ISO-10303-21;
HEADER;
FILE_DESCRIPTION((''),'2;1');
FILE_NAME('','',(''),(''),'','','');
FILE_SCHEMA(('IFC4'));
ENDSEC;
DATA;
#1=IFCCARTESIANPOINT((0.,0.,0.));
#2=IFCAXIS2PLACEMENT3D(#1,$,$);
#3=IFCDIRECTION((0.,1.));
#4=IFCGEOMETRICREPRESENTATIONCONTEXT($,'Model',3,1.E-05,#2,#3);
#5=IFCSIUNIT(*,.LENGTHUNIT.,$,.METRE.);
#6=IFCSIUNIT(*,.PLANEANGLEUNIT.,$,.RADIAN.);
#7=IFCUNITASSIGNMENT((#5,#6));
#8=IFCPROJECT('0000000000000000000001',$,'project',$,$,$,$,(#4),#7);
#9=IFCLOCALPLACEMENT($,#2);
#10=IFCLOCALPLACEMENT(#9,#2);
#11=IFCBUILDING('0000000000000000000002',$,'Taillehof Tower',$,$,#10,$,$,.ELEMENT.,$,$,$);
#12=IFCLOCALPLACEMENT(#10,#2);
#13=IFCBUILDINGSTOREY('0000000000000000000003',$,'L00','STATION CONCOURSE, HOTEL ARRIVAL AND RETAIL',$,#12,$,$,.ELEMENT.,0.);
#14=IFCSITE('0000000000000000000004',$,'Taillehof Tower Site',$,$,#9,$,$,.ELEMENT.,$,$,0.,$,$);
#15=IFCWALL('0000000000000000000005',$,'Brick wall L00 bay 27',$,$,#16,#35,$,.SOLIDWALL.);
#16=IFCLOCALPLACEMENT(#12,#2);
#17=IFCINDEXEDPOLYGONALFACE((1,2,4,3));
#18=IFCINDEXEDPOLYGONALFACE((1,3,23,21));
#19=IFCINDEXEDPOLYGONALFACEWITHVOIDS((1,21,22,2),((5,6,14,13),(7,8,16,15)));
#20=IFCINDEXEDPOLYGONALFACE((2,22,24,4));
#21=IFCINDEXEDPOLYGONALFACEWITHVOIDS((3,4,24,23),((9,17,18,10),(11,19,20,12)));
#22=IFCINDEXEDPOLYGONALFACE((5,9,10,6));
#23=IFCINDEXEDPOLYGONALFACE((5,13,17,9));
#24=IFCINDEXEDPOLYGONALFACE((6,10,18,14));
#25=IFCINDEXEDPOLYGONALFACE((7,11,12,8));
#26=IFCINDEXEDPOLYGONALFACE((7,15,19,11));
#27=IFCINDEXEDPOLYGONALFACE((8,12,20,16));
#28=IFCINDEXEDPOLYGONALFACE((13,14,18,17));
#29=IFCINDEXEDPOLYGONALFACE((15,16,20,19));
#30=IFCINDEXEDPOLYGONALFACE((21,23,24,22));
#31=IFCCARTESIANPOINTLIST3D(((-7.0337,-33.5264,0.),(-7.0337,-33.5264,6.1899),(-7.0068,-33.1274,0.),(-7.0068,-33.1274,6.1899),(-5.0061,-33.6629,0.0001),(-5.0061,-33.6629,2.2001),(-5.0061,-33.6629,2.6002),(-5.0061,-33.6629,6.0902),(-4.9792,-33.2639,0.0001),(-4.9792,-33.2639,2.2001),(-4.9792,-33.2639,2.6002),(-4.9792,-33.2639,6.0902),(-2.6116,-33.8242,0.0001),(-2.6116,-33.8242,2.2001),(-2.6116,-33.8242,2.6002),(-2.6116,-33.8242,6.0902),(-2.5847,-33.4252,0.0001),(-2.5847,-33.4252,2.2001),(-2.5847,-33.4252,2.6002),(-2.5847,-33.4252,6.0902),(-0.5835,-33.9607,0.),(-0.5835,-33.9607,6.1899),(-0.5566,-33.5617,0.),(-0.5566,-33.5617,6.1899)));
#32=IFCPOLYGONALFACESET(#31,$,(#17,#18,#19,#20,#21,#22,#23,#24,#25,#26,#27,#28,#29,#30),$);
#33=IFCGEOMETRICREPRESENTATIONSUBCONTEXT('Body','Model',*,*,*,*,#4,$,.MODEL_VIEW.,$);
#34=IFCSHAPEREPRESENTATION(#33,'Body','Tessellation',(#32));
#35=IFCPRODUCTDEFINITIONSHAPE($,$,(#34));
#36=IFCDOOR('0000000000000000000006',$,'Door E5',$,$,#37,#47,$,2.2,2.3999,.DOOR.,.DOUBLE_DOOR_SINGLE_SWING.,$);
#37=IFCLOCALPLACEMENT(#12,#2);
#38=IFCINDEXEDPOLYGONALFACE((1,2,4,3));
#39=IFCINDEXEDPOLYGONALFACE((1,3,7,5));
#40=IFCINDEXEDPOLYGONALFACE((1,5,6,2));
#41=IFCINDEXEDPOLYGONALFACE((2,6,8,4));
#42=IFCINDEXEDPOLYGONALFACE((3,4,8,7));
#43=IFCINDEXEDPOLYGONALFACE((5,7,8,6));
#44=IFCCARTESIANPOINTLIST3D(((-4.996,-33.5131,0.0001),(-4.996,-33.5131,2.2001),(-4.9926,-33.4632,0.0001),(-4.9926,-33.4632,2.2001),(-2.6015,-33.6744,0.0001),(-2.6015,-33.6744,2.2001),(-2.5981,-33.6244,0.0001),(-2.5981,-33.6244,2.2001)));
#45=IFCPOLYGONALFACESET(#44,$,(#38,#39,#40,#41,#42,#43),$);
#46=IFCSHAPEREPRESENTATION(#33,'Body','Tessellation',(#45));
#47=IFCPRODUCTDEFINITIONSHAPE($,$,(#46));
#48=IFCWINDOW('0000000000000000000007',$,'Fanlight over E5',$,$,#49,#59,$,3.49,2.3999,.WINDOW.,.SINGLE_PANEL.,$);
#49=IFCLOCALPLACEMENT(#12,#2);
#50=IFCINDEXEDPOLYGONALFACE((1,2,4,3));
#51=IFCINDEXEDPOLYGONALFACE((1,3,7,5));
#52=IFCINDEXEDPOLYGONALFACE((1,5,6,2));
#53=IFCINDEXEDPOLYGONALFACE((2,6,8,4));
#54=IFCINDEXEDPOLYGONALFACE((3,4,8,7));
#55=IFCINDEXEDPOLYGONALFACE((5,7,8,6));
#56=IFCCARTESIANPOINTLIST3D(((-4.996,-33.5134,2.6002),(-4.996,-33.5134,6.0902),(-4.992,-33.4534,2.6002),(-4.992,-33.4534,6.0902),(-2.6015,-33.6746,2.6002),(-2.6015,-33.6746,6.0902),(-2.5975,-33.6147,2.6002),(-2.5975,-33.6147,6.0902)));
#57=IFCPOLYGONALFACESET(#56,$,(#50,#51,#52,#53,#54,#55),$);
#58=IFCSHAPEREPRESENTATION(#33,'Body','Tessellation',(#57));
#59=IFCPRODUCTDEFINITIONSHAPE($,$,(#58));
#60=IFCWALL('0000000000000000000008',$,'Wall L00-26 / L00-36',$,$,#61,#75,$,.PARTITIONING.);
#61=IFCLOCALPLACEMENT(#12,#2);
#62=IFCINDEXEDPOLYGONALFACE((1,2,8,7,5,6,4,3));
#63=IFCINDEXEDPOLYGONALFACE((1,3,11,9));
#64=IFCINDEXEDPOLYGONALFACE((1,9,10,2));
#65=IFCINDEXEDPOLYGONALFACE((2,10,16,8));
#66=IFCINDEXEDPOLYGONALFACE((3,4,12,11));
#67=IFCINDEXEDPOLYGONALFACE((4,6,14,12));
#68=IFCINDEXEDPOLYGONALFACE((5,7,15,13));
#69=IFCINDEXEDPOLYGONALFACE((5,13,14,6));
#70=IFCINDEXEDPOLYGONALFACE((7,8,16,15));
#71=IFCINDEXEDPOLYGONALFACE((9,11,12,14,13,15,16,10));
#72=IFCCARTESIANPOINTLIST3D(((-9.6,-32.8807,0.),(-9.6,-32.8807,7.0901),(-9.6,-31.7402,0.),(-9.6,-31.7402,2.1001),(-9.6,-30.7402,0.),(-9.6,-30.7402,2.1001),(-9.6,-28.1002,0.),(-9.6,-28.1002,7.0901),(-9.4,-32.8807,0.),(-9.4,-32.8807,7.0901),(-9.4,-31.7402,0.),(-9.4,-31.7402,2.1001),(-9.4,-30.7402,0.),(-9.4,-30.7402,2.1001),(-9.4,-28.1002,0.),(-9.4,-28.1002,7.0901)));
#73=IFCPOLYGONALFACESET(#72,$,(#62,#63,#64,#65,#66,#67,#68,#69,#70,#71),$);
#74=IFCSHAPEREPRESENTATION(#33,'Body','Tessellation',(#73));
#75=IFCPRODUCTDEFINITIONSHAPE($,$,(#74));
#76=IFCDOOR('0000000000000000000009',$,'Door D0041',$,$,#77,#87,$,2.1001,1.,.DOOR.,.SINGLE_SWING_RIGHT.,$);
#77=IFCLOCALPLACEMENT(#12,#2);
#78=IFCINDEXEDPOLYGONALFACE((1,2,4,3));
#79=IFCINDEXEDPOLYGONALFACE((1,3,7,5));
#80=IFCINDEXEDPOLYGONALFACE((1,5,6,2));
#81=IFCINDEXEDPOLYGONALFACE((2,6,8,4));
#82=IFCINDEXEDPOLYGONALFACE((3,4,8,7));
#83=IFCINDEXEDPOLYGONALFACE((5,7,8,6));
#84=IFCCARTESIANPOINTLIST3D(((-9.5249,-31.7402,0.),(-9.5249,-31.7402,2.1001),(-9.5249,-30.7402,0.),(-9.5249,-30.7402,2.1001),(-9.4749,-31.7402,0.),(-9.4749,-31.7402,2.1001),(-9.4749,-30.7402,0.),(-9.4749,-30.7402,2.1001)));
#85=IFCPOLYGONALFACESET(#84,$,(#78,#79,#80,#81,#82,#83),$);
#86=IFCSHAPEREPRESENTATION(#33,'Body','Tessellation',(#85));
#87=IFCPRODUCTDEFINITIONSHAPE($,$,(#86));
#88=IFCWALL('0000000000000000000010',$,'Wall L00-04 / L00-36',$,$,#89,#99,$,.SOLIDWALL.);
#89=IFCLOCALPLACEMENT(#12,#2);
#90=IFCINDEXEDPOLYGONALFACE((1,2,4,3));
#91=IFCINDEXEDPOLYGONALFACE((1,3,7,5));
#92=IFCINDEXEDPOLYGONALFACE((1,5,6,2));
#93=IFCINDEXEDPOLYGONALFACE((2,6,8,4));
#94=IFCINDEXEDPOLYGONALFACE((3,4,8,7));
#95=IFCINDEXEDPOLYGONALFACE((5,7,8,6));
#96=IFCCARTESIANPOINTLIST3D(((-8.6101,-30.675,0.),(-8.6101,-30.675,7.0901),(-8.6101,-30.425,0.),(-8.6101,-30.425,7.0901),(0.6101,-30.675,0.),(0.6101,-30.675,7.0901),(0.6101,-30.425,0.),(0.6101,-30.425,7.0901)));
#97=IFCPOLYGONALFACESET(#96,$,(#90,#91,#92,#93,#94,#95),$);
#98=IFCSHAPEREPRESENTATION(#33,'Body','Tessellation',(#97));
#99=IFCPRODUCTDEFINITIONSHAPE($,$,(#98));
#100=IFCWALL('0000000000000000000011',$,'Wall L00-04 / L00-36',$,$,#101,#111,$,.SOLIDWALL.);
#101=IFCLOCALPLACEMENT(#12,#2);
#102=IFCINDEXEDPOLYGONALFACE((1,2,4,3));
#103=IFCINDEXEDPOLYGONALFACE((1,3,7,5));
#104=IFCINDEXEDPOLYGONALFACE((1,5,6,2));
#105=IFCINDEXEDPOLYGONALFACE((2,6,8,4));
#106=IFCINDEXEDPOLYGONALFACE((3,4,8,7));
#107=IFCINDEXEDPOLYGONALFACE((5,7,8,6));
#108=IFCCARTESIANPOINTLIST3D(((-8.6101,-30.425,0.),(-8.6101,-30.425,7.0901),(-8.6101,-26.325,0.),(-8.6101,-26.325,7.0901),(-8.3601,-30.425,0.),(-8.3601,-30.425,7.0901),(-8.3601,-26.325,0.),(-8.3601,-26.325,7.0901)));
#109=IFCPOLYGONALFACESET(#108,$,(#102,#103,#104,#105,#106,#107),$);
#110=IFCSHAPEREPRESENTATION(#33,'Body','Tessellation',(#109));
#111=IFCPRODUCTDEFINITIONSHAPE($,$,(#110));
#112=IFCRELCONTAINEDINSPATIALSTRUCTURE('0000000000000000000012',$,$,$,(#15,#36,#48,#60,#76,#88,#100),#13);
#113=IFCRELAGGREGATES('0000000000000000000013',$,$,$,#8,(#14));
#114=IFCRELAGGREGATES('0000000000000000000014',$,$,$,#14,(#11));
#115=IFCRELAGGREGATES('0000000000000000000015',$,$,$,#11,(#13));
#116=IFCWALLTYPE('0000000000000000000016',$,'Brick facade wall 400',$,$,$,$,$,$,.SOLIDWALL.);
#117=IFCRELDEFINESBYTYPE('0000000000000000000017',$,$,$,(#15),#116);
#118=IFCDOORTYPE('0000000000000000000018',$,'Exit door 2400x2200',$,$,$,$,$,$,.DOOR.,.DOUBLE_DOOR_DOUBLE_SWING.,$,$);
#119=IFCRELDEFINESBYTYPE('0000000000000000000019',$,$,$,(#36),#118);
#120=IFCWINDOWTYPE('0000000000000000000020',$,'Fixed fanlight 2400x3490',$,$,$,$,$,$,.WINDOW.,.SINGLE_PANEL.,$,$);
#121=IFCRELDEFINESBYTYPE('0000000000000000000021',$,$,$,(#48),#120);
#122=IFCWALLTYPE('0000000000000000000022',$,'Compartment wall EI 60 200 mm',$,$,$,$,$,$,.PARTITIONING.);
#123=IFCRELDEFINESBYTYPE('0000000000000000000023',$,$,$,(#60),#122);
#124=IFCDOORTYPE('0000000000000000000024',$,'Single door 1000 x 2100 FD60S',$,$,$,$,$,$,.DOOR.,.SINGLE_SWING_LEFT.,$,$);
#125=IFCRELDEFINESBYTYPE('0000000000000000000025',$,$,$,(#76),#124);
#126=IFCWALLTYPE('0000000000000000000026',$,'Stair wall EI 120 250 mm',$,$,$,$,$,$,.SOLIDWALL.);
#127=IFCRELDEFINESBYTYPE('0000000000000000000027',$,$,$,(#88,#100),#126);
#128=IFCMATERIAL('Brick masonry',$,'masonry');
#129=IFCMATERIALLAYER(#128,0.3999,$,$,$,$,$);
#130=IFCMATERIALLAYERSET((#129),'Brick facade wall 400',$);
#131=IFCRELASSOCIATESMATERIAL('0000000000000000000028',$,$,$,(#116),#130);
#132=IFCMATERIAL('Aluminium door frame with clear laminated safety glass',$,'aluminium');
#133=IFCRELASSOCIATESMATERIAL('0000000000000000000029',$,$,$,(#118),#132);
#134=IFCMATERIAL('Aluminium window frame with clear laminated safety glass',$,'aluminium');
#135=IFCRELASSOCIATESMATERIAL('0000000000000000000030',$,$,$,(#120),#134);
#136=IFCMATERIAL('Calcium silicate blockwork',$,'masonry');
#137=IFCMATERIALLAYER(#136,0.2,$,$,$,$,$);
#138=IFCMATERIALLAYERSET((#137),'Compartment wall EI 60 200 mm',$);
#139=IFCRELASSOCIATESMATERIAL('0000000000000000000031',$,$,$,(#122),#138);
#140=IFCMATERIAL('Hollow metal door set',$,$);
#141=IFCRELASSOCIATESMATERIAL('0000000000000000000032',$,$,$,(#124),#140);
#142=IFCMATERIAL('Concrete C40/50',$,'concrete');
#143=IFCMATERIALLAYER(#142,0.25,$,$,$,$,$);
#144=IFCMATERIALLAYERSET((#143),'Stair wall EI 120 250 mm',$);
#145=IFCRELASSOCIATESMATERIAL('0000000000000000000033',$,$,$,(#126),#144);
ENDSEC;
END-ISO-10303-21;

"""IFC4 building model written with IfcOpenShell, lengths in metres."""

from ifc_helpers import new_model, si_unit, direction, frame, frame_2d, origin, place, context, subcontext, project, spatial, rectangle, extrude, material, layer, layer_set, type_object, element, fill, save


model = new_model("IFC4")

# Units and contexts
model_context = context("Model", 3, precision=1e-05, world=origin(), true_north=direction((0.0, 1.0)))
body_context = subcontext(model_context, "Body", "Model", "MODEL_VIEW")
ifc_project = project(units=[si_unit("LENGTHUNIT", "METRE"), si_unit("PLANEANGLEUNIT", "RADIAN")], contexts=[model_context])

# Site, building, storey
site_placement = place(None, origin())
site = spatial("IfcSite", under=ifc_project, at=site_placement, Name="Taillehof Tower Site", CompositionType="ELEMENT", RefElevation=0.0)
building_placement = place(site_placement, origin())
building = spatial("IfcBuilding", under=site, at=building_placement, Name="Taillehof Tower", CompositionType="ELEMENT")
storey_placement = place(building_placement, origin())
storey = spatial("IfcBuildingStorey", under=building, at=storey_placement, Name="L00", Description="STATION CONCOURSE, HOTEL ARRIVAL AND RETAIL", CompositionType="ELEMENT", Elevation=0.0)

# Wall, openings, door, window
ifc_material_1 = material(Name="Brick masonry", Category="masonry")
ifc_layer_1 = layer(ifc_material_1, 0.3999)
ifc_layer_set_1 = layer_set([ifc_layer_1], Name="Brick facade wall 400")
wall_type_1 = type_object("IfcWallType", Name="Brick facade wall 400", PredefinedType="SOLIDWALL", material=ifc_layer_set_1)
wall_1_placement = place(storey_placement, frame((-7.0203, -33.3269, 0.0), z_axis=(0.0, 0.0, 1.0), x_axis=(0.997741, -0.067183, 0.0)))
wall_1 = element("IfcWall", 1, at=wall_1_placement, inside=storey, type_object=wall_type_1, Name="Brick wall L00 bay 27", PredefinedType="SOLIDWALL", context=body_context, shape_type="SweptSolid", body=[
    extrude(rectangle(XDim=6.4648, YDim=0.3999, at=frame_2d((3.2324, 0.0))), origin(), (0.0, 0.0, 1.0), 6.1899),
])
opening_1_placement = place(wall_1_placement, frame((2.0322, 0.0, 0.0)))
opening_1 = element("IfcOpeningElement", 2, at=opening_1_placement, cuts=wall_1, PredefinedType="OPENING", context=body_context, shape_type="SweptSolid", body=[
    extrude(rectangle(XDim=2.3999, YDim=2.2, at=frame_2d((1.2, 1.1001))), frame((0.0, 0.21, 0.0), z_axis=(0.0, -1.0, 0.0), x_axis=(1.0, 0.0, 0.0)), (0.0, 0.0, 1.0), 0.4199),
])
opening_2_placement = place(wall_1_placement, frame((2.0322, 0.0, 2.6001)))
opening_2 = element("IfcOpeningElement", 3, at=opening_2_placement, cuts=wall_1, PredefinedType="OPENING", context=body_context, shape_type="SweptSolid", body=[
    extrude(rectangle(XDim=2.3999, YDim=3.49, at=frame_2d((1.2, 1.7451))), frame((0.0, 0.21, 0.0), z_axis=(0.0, -1.0, 0.0), x_axis=(1.0, 0.0, 0.0)), (0.0, 0.0, 1.0), 0.4199),
])
ifc_material_2 = material(Name="Aluminium door frame with clear laminated safety glass", Category="aluminium")
door_type_1 = type_object("IfcDoorType", Name="Exit door 2400x2200", OperationType="DOUBLE_DOOR_DOUBLE_SWING", PredefinedType="DOOR", material=ifc_material_2)
door_1_placement = place(opening_1_placement, frame((2.3999, 0.0, 0.0), z_axis=(0.0, 0.0, 1.0), x_axis=(-1.0, 0.0, 0.0)))
door_1 = element("IfcDoor", 4, at=door_1_placement, inside=storey, type_object=door_type_1, Name="Door E5", OperationType="DOUBLE_DOOR_SINGLE_SWING", OverallHeight=2.2, OverallWidth=2.3999, PredefinedType="DOOR", context=body_context, shape_type="SweptSolid", body=[
    extrude(rectangle(XDim=2.3999, YDim=2.2, at=frame_2d((1.2, 1.1001))), frame((0.0, 0.0498, 0.0), z_axis=(0.0, -1.0, 0.0), x_axis=(1.0, 0.0, 0.0)), (0.0, 0.0, 1.0), 0.05),
])
fill(opening_1, door_1)
ifc_material_3 = material(Name="Aluminium window frame with clear laminated safety glass", Category="aluminium")
window_type = type_object("IfcWindowType", Name="Fixed fanlight 2400x3490", PartitioningType="SINGLE_PANEL", PredefinedType="WINDOW", material=ifc_material_3)
window_placement = place(opening_2_placement, origin())
window = element("IfcWindow", 5, at=window_placement, inside=storey, type_object=window_type, Name="Fanlight over E5", OverallHeight=3.49, OverallWidth=2.3999, PartitioningType="SINGLE_PANEL", PredefinedType="WINDOW", context=body_context, shape_type="SweptSolid", body=[
    extrude(rectangle(XDim=2.3999, YDim=3.49, at=frame_2d((1.2, 1.7451))), frame((0.0, 0.01, 0.0), z_axis=(0.0, -1.0, 0.0), x_axis=(1.0, 0.0, 0.0)), (0.0, 0.0, 1.0), 0.0601),
])
fill(opening_2, window)

# Wall, opening, door
ifc_material_4 = material(Name="Calcium silicate blockwork", Category="masonry")
ifc_layer_2 = layer(ifc_material_4, 0.2)
ifc_layer_set_2 = layer_set([ifc_layer_2], Name="Compartment wall EI 60 200 mm")
wall_type_2 = type_object("IfcWallType", Name="Compartment wall EI 60 200 mm", PredefinedType="PARTITIONING", material=ifc_layer_set_2)
wall_2_placement = place(storey_placement, frame((-9.5, -32.8806, 0.0), z_axis=(0.0, 0.0, 1.0), x_axis=(0.0, 1.0, 0.0)))
wall_2 = element("IfcWall", 6, at=wall_2_placement, inside=storey, type_object=wall_type_2, Name="Wall L00-26 / L00-36", PredefinedType="PARTITIONING", context=body_context, shape_type="SweptSolid", body=[
    extrude(rectangle(XDim=4.7805, YDim=0.2, at=frame_2d((2.3901, 0.0))), origin(), (0.0, 0.0, 1.0), 7.0901),
])
opening_3_placement = place(wall_2_placement, frame((1.1404, 0.0, 0.0)))
opening_3 = element("IfcOpeningElement", 7, at=opening_3_placement, cuts=wall_2, PredefinedType="OPENING", context=body_context, shape_type="SweptSolid", body=[
    extrude(rectangle(XDim=1.0, YDim=2.1001, at=frame_2d((0.5, 1.05))), frame((0.0, 0.1099, 0.0), z_axis=(0.0, -1.0, 0.0), x_axis=(1.0, 0.0, 0.0)), (0.0, 0.0, 1.0), 0.22),
])
ifc_material_5 = material(Name="Hollow metal door set")
door_type_2 = type_object("IfcDoorType", Name="Single door 1000 x 2100 FD60S", OperationType="SINGLE_SWING_LEFT", PredefinedType="DOOR", material=ifc_material_5)
door_2_placement = place(opening_3_placement, origin())
door_2 = element("IfcDoor", 8, at=door_2_placement, inside=storey, type_object=door_type_2, Name="Door D0041", OperationType="SINGLE_SWING_RIGHT", OverallHeight=2.1001, OverallWidth=1.0, PredefinedType="DOOR", context=body_context, shape_type="SweptSolid", body=[
    extrude(rectangle(XDim=1.0, YDim=2.1001, at=frame_2d((0.5, 1.05))), frame((0.0, 0.0249, 0.0), z_axis=(0.0, -1.0, 0.0), x_axis=(1.0, 0.0, 0.0)), (0.0, 0.0, 1.0), 0.05),
])
fill(opening_3, door_2)

# Walls
ifc_material_6 = material(Name="Concrete C40/50", Category="concrete")
ifc_layer_3 = layer(ifc_material_6, 0.25)
ifc_layer_set_3 = layer_set([ifc_layer_3], Name="Stair wall EI 120 250 mm")
wall_type_3 = type_object("IfcWallType", Name="Stair wall EI 120 250 mm", PredefinedType="SOLIDWALL", material=ifc_layer_set_3)
wall_3_placement = place(storey_placement, frame((-8.6101, -30.55, 0.0), z_axis=(0.0, 0.0, 1.0), x_axis=(1.0, 0.0, 0.0)))
element("IfcWall", 9, at=wall_3_placement, inside=storey, type_object=wall_type_3, Name="Wall L00-04 / L00-36", PredefinedType="SOLIDWALL", context=body_context, shape_type="SweptSolid", body=[
    extrude(rectangle(XDim=9.2202, YDim=0.25, at=frame_2d((4.6101, 0.0))), origin(), (0.0, 0.0, 1.0), 7.0901),
])
wall_4_placement = place(storey_placement, frame((-8.4851, -30.425, 0.0), z_axis=(0.0, 0.0, 1.0), x_axis=(0.0, 1.0, 0.0)))
element("IfcWall", 10, at=wall_4_placement, inside=storey, type_object=wall_type_3, Name="Wall L00-04 / L00-36", PredefinedType="SOLIDWALL", context=body_context, shape_type="SweptSolid", body=[
    extrude(rectangle(XDim=4.1001, YDim=0.25, at=frame_2d((2.05, 0.0))), origin(), (0.0, 0.0, 1.0), 7.0901),
])

save(model, "model.ifc")
